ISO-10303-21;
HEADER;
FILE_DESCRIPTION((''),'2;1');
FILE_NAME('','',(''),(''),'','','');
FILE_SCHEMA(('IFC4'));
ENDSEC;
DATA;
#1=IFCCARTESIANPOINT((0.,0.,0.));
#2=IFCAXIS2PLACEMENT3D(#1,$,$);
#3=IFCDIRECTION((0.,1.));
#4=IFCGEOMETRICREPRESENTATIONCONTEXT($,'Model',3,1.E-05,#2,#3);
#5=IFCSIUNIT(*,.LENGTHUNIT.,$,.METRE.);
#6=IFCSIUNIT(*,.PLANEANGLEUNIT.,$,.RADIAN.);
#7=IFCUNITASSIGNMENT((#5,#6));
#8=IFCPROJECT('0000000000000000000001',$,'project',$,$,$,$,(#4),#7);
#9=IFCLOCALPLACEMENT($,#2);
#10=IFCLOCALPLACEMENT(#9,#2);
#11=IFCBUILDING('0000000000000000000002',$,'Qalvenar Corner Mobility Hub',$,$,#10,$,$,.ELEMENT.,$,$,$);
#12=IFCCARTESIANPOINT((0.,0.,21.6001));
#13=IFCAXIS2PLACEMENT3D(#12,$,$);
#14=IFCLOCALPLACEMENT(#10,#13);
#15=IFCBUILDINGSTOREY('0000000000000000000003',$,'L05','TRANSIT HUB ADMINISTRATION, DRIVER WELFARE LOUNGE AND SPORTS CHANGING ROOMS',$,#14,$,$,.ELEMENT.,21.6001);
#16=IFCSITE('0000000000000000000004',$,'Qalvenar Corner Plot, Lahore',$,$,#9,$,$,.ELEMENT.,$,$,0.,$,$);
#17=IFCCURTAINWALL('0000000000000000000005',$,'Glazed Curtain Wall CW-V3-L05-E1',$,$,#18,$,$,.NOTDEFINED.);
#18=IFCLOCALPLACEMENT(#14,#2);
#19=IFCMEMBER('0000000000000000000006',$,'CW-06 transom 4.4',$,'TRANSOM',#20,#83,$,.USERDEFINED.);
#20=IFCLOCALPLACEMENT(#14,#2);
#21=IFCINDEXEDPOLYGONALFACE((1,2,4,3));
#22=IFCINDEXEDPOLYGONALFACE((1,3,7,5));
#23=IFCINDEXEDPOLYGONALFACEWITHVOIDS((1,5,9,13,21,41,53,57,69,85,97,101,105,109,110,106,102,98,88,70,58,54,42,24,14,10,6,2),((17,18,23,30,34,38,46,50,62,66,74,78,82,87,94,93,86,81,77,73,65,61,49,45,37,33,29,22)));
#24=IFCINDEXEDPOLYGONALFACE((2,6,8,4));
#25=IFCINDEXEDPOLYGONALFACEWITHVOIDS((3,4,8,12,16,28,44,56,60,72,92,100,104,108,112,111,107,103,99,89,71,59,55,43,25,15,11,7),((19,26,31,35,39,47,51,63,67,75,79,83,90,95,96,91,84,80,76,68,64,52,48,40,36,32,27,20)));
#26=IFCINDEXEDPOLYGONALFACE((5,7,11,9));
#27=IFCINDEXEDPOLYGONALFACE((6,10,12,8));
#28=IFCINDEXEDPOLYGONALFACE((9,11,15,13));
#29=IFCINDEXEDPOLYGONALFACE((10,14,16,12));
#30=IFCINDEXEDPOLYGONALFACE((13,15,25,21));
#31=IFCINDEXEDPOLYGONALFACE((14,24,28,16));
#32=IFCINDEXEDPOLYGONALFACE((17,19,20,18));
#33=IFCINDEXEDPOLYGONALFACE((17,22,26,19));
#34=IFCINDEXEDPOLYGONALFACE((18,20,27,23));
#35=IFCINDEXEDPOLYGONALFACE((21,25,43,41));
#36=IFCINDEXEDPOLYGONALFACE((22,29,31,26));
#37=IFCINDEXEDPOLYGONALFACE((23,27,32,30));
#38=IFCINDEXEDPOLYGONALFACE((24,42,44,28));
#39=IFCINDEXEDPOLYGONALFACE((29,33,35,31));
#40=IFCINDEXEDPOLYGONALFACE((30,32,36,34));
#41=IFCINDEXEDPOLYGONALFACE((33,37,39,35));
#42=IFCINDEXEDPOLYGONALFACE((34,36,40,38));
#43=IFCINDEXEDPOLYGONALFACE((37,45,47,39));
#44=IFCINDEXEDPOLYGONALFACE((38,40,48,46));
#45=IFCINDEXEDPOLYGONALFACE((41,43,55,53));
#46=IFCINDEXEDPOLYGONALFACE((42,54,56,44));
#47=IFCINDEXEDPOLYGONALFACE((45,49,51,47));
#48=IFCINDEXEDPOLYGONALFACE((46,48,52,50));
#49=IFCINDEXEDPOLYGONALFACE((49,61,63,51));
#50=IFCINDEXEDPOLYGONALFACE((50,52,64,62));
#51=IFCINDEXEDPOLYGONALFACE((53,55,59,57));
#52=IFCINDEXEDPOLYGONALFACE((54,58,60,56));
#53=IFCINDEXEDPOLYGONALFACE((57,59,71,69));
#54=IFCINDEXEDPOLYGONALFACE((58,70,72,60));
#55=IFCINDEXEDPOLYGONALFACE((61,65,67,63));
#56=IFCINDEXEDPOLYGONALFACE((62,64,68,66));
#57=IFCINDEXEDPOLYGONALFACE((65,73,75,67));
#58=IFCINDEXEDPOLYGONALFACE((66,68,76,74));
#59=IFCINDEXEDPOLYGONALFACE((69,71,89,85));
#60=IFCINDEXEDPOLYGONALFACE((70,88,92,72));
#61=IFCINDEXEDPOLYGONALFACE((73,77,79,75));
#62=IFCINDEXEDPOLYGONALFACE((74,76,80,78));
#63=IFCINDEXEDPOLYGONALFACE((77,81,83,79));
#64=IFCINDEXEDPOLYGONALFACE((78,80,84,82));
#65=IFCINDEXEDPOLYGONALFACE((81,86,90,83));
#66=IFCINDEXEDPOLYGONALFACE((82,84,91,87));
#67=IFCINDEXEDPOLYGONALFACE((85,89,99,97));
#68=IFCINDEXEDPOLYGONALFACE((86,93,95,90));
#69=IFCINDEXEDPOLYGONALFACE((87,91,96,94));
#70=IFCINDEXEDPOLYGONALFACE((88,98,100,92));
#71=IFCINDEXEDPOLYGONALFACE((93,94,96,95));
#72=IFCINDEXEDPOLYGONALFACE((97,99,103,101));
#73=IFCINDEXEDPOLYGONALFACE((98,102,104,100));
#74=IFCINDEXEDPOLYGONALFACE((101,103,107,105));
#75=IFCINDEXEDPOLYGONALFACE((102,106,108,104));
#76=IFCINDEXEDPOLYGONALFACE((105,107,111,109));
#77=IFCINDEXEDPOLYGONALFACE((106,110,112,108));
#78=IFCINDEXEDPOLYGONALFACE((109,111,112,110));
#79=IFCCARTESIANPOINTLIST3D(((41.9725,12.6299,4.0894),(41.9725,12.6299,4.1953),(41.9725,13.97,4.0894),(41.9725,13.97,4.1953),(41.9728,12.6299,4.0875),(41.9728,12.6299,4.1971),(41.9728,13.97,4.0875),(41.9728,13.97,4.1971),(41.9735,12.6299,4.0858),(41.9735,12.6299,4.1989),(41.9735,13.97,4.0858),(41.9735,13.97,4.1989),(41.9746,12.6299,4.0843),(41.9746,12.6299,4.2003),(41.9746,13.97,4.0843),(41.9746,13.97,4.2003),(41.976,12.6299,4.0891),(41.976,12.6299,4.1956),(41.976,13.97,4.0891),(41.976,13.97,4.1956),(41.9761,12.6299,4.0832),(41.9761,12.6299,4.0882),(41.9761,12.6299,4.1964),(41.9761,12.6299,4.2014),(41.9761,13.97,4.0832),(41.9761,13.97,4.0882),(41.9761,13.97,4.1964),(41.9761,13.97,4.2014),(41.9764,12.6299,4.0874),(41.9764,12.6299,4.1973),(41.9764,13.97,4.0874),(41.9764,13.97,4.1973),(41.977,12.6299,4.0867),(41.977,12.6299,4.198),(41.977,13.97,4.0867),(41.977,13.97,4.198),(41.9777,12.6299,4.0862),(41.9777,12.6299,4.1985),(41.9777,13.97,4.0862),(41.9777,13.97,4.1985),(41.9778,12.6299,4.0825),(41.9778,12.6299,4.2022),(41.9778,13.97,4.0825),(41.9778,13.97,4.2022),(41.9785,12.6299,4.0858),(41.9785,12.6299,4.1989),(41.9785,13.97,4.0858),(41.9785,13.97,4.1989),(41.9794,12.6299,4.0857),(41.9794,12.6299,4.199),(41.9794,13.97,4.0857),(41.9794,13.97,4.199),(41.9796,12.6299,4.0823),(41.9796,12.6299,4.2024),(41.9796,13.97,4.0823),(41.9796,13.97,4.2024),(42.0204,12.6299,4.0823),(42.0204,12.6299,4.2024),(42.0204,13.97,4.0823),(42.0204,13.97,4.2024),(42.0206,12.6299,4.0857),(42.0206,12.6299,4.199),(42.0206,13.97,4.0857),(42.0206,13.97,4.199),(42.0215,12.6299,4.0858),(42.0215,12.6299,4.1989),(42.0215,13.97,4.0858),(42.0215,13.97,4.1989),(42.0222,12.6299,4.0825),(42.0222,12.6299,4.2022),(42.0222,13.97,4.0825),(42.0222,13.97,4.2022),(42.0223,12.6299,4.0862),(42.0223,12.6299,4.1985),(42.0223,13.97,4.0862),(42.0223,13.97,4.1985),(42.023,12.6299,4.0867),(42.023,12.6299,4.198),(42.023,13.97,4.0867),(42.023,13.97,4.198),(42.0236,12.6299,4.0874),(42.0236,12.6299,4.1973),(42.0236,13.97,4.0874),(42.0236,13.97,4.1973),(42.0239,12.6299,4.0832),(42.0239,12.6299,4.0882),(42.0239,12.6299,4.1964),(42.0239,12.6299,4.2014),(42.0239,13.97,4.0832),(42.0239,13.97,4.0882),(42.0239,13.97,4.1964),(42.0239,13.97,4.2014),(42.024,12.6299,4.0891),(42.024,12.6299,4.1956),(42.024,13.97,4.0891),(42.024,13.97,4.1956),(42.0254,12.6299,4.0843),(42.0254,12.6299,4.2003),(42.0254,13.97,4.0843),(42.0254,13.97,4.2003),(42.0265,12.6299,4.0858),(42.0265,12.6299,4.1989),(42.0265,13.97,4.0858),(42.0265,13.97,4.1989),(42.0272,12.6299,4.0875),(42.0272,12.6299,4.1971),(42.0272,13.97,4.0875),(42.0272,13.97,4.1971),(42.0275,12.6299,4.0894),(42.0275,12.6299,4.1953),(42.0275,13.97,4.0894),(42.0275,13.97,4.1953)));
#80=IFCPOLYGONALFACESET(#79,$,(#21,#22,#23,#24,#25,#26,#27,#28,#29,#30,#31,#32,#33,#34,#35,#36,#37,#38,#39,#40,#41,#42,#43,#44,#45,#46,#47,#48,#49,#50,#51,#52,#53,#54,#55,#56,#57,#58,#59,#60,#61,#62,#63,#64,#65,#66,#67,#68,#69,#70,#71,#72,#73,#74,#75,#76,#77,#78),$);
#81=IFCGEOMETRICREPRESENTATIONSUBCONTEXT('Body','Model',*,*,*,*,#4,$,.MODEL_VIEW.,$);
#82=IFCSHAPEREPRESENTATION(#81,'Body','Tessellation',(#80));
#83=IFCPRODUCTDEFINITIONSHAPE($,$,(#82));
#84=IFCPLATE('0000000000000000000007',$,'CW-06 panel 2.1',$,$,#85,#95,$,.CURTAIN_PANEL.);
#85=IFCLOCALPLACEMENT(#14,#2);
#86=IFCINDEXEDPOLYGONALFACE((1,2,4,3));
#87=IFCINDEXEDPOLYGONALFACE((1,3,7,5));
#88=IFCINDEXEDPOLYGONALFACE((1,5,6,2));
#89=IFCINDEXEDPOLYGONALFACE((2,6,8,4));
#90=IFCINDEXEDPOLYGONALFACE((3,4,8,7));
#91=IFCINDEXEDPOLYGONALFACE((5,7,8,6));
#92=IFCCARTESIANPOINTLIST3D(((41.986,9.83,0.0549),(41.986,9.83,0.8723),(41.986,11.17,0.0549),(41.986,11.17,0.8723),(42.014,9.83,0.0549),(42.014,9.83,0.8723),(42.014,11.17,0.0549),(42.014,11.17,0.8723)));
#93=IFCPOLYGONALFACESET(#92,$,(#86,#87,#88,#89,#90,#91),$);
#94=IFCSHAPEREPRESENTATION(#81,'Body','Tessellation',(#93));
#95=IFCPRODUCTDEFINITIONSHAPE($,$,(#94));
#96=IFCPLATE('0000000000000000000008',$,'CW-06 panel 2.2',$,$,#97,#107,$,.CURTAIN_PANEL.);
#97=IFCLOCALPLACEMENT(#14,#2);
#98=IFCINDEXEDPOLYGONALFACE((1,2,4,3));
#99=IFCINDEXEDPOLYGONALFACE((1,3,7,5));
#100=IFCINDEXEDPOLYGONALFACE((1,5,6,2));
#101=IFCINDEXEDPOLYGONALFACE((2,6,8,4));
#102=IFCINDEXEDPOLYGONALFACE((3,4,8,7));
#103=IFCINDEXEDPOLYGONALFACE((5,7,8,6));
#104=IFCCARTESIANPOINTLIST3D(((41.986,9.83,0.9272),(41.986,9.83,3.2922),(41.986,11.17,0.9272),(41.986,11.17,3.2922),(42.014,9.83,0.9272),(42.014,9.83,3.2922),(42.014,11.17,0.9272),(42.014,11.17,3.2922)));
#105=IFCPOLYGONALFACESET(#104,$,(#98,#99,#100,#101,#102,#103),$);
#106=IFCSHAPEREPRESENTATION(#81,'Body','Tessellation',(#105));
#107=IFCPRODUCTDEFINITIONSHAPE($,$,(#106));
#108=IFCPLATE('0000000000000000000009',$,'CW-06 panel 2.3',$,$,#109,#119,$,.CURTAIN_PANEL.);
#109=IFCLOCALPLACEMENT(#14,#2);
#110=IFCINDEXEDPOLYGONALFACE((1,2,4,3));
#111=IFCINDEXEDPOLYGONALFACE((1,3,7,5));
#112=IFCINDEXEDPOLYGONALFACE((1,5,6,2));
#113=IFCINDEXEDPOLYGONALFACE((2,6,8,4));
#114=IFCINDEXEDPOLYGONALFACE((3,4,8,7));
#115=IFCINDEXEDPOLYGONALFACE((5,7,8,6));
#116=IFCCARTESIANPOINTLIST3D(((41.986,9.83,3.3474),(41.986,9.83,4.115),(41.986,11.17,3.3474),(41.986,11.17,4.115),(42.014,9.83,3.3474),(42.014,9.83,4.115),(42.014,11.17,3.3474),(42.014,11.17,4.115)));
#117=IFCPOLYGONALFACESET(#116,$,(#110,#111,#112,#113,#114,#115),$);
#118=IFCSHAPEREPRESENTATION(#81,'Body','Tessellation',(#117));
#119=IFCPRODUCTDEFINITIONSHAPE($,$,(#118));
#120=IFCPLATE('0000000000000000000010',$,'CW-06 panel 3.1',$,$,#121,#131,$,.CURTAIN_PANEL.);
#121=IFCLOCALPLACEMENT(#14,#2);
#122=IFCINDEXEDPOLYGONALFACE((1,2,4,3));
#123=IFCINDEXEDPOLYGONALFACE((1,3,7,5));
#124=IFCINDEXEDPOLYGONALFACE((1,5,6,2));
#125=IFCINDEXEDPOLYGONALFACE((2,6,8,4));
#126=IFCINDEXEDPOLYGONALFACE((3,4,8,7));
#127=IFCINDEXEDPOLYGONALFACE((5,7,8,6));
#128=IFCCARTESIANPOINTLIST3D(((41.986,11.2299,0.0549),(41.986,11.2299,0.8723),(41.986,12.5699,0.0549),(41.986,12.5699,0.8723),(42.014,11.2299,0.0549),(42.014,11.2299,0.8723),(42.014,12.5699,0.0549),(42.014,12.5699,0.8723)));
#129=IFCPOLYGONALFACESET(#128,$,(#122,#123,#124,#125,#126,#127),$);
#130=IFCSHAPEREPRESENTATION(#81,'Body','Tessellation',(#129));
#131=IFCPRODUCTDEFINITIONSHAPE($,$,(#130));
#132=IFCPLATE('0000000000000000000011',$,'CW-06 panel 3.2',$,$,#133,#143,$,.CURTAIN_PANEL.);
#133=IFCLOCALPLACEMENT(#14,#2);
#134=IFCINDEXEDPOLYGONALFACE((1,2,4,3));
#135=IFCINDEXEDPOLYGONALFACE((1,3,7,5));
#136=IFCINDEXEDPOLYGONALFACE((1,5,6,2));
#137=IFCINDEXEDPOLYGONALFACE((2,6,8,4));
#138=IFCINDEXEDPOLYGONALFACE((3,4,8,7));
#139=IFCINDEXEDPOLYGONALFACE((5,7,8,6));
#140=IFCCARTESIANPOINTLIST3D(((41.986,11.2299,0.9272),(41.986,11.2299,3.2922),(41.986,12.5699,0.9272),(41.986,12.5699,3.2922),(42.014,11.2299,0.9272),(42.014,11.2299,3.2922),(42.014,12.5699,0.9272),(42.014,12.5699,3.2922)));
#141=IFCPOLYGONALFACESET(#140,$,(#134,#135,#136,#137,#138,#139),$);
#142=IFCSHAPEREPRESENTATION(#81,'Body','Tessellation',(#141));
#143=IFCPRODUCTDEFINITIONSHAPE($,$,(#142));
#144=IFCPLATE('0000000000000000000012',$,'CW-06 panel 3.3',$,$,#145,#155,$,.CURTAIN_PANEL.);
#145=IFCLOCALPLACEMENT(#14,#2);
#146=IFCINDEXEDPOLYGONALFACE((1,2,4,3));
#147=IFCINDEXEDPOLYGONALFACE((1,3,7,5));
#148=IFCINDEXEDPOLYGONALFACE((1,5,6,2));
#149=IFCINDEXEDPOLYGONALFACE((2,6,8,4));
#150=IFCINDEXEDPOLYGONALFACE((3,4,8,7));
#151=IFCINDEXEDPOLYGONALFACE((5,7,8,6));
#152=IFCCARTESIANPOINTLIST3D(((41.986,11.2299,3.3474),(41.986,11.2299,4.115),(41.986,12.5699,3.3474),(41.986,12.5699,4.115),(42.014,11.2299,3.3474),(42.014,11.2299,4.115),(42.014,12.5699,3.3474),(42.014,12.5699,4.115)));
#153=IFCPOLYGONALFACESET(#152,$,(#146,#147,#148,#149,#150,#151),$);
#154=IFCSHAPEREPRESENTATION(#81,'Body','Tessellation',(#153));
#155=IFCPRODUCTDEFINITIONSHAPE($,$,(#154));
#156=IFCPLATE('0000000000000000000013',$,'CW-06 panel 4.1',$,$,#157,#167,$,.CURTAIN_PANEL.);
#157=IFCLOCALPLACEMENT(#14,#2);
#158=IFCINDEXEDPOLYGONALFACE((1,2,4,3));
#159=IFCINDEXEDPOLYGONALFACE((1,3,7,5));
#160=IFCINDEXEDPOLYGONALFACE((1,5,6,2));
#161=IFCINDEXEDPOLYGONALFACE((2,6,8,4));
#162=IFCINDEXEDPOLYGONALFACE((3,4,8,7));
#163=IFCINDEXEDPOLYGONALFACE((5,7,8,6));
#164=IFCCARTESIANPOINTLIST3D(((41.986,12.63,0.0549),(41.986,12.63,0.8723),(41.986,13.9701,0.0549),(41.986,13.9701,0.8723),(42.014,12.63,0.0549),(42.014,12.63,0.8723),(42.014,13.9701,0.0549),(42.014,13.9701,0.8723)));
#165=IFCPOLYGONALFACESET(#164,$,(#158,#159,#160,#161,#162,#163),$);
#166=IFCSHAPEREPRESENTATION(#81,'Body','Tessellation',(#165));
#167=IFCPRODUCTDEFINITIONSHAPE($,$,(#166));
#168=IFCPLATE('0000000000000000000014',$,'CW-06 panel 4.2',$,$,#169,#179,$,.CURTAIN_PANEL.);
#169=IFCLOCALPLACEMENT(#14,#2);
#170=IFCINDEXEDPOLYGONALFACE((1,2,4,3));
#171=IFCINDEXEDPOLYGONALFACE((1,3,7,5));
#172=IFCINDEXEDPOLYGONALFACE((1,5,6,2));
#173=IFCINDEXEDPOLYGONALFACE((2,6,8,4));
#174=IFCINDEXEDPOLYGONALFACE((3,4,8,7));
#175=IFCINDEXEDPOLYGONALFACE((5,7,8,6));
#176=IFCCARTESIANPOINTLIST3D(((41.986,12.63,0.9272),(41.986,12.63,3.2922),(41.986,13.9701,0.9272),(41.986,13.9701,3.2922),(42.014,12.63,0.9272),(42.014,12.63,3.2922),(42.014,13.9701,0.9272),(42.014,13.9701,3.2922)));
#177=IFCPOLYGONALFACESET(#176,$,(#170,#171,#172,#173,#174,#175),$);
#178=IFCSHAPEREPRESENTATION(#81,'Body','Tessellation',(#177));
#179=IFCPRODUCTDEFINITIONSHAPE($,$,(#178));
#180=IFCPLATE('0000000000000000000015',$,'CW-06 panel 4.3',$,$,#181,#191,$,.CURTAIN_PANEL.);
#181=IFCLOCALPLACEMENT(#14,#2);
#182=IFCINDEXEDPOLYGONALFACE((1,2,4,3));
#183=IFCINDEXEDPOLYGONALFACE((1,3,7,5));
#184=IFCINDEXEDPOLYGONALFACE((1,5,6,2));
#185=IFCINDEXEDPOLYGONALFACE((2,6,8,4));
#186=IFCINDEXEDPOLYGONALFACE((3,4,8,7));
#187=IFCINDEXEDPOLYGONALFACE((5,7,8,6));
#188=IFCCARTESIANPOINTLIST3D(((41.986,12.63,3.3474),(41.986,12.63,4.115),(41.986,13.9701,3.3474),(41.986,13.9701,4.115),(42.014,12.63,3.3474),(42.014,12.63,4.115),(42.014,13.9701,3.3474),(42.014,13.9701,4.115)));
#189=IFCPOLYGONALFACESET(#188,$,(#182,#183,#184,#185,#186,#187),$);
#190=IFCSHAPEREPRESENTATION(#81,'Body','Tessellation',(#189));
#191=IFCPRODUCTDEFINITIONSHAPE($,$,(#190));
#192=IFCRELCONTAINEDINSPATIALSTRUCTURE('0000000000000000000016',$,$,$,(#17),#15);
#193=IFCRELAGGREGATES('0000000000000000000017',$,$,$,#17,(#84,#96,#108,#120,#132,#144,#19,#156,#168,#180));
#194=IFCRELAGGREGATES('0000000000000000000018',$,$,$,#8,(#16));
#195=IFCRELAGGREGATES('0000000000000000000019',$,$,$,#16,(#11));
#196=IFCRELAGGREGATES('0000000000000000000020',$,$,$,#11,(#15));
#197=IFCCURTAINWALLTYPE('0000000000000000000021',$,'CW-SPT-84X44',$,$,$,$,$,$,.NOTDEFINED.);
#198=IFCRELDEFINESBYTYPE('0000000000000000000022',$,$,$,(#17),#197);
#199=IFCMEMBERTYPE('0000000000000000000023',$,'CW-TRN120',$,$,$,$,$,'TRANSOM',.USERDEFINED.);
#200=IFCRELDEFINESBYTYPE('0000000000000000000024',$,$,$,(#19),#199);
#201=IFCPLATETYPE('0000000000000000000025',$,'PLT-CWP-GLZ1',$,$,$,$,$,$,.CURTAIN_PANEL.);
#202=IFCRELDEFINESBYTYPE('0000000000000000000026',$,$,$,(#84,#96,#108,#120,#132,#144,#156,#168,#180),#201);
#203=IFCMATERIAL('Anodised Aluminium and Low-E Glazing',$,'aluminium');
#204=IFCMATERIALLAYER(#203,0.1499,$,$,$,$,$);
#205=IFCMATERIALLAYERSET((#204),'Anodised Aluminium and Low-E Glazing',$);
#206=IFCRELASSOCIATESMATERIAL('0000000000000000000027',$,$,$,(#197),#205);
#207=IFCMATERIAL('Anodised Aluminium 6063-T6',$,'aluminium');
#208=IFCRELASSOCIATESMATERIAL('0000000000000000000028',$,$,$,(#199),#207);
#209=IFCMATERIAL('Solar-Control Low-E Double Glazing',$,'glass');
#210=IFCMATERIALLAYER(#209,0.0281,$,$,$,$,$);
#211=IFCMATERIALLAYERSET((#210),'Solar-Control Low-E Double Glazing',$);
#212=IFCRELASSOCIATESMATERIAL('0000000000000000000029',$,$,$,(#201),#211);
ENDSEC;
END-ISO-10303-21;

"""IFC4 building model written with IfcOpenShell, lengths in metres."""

from ifc_helpers import new_model, si_unit, direction, frame, origin, origin_2d, place, context, subcontext, project, spatial, rectangle, hollow_rectangle, extrude, material, layer, layer_set, material_profile, profile_set, type_object, element, aggregate, save


model = new_model("IFC4")

# Units and contexts
model_context = context("Model", 3, precision=1e-05, world=origin(), true_north=direction((0.0, 1.0)))
body_context = subcontext(model_context, "Body", "Model", "MODEL_VIEW")
ifc_project = project(units=[si_unit("LENGTHUNIT", "METRE"), si_unit("PLANEANGLEUNIT", "RADIAN")], contexts=[model_context])

# Site, building, storey
site_placement = place(None, origin())
site = spatial("IfcSite", under=ifc_project, at=site_placement, Name="Qalvenar Corner Plot, Lahore", CompositionType="ELEMENT", RefElevation=0.0)
building_placement = place(site_placement, origin())
building = spatial("IfcBuilding", under=site, at=building_placement, Name="Qalvenar Corner Mobility Hub", CompositionType="ELEMENT")
storey_placement = place(building_placement, frame((0.0, 0.0, 21.6001)))
storey = spatial("IfcBuildingStorey", under=building, at=storey_placement, Name="L05", Description="TRANSIT HUB ADMINISTRATION, DRIVER WELFARE LOUNGE AND SPORTS CHANGING ROOMS", CompositionType="ELEMENT", Elevation=21.6001)

# Curtain wall, member, plates
ifc_material_1 = material(Name="Anodised Aluminium and Low-E Glazing", Category="aluminium")
ifc_layer_1 = layer(ifc_material_1, 0.1499)
ifc_layer_set_1 = layer_set([ifc_layer_1], Name="Anodised Aluminium and Low-E Glazing")
curtain_wall_type = type_object("IfcCurtainWallType", Name="CW-SPT-84X44", PredefinedType="NOTDEFINED", material=ifc_layer_set_1)
curtain_wall_placement = place(storey_placement, origin())
curtain_wall = element("IfcCurtainWall", 1, at=curtain_wall_placement, inside=storey, type_object=curtain_wall_type, Name="Glazed Curtain Wall CW-V3-L05-E1", PredefinedType="NOTDEFINED")
ifc_material_2 = material(Name="Anodised Aluminium 6063-T6", Category="aluminium")
ifc_material_profile_1 = material_profile(ifc_material_2, hollow_rectangle(XDim=0.0549, YDim=0.1201, WallThickness=0.0034, InnerFilletRadius=0.0034, OuterFilletRadius=0.0071, at=origin_2d()), Name="RHS120x55x3.5")
ifc_profile_set_1 = profile_set([ifc_material_profile_1], Name="Anodised Aluminium 6063-T6")
member_type_1 = type_object("IfcMemberType", Name="CW-TRN120", ElementType="TRANSOM", PredefinedType="USERDEFINED", material=ifc_profile_set_1)
member_1_placement = place(storey_placement, frame((42.0, 12.6299, 4.1423), z_axis=(0.0, 1.0, 0.0), x_axis=(-1.0, 0.0, 0.0)))
member_1 = element("IfcMember", 2, at=member_1_placement, type_object=member_type_1, Name="CW-06 transom 4.4", ObjectType="TRANSOM", PredefinedType="USERDEFINED", context=body_context, shape_type="SweptSolid", body=[
    extrude(hollow_rectangle(XDim=0.0549, YDim=0.1201, WallThickness=0.0034, InnerFilletRadius=0.0034, OuterFilletRadius=0.0071, at=origin_2d()), origin(), (0.0, 0.0, 1.0), 1.3401),
])
ifc_material_3 = material(Name="Solar-Control Low-E Double Glazing", Category="glass")
ifc_layer_2 = layer(ifc_material_3, 0.0281)
ifc_layer_set_2 = layer_set([ifc_layer_2], Name="Solar-Control Low-E Double Glazing")
plate_type = type_object("IfcPlateType", Name="PLT-CWP-GLZ1", PredefinedType="CURTAIN_PANEL", material=ifc_layer_set_2)
plate_1_placement = place(storey_placement, frame((42.0, 10.5, 0.0549), z_axis=(0.0, 0.0, 1.0), x_axis=(0.0, 1.0, 0.0)))
plate_1 = element("IfcPlate", 3, at=plate_1_placement, type_object=plate_type, Name="CW-06 panel 2.1", PredefinedType="CURTAIN_PANEL", context=body_context, shape_type="SweptSolid", body=[
    extrude(rectangle(XDim=1.3401, YDim=0.0281, at=origin_2d()), origin(), (0.0, 0.0, 1.0), 0.8174),
])
plate_2_placement = place(storey_placement, frame((42.0, 10.5, 0.9272), z_axis=(0.0, 0.0, 1.0), x_axis=(0.0, 1.0, 0.0)))
plate_2 = element("IfcPlate", 4, at=plate_2_placement, type_object=plate_type, Name="CW-06 panel 2.2", PredefinedType="CURTAIN_PANEL", context=body_context, shape_type="SweptSolid", body=[
    extrude(rectangle(XDim=1.3401, YDim=0.0281, at=origin_2d()), origin(), (0.0, 0.0, 1.0), 2.365),
])
plate_3_placement = place(storey_placement, frame((42.0, 10.5, 3.3474), z_axis=(0.0, 0.0, 1.0), x_axis=(0.0, 1.0, 0.0)))
plate_3 = element("IfcPlate", 5, at=plate_3_placement, type_object=plate_type, Name="CW-06 panel 2.3", PredefinedType="CURTAIN_PANEL", context=body_context, shape_type="SweptSolid", body=[
    extrude(rectangle(XDim=1.3401, YDim=0.0281, at=origin_2d()), origin(), (0.0, 0.0, 1.0), 0.7676),
])
plate_4_placement = place(storey_placement, frame((42.0, 11.8999, 0.0549), z_axis=(0.0, 0.0, 1.0), x_axis=(0.0, 1.0, 0.0)))
plate_4 = element("IfcPlate", 6, at=plate_4_placement, type_object=plate_type, Name="CW-06 panel 3.1", PredefinedType="CURTAIN_PANEL", context=body_context, shape_type="SweptSolid", body=[
    extrude(rectangle(XDim=1.3401, YDim=0.0281, at=origin_2d()), origin(), (0.0, 0.0, 1.0), 0.8174),
])
plate_5_placement = place(storey_placement, frame((42.0, 11.8999, 0.9272), z_axis=(0.0, 0.0, 1.0), x_axis=(0.0, 1.0, 0.0)))
plate_5 = element("IfcPlate", 7, at=plate_5_placement, type_object=plate_type, Name="CW-06 panel 3.2", PredefinedType="CURTAIN_PANEL", context=body_context, shape_type="SweptSolid", body=[
    extrude(rectangle(XDim=1.3401, YDim=0.0281, at=origin_2d()), origin(), (0.0, 0.0, 1.0), 2.365),
])
plate_6_placement = place(storey_placement, frame((42.0, 11.8999, 3.3474), z_axis=(0.0, 0.0, 1.0), x_axis=(0.0, 1.0, 0.0)))
plate_6 = element("IfcPlate", 8, at=plate_6_placement, type_object=plate_type, Name="CW-06 panel 3.3", PredefinedType="CURTAIN_PANEL", context=body_context, shape_type="SweptSolid", body=[
    extrude(rectangle(XDim=1.3401, YDim=0.0281, at=origin_2d()), origin(), (0.0, 0.0, 1.0), 0.7676),
])
plate_7_placement = place(storey_placement, frame((42.0, 13.3, 0.0549), z_axis=(0.0, 0.0, 1.0), x_axis=(0.0, 1.0, 0.0)))
plate_7 = element("IfcPlate", 9, at=plate_7_placement, type_object=plate_type, Name="CW-06 panel 4.1", PredefinedType="CURTAIN_PANEL", context=body_context, shape_type="SweptSolid", body=[
    extrude(rectangle(XDim=1.3401, YDim=0.0281, at=origin_2d()), origin(), (0.0, 0.0, 1.0), 0.8174),
])
plate_8_placement = place(storey_placement, frame((42.0, 13.3, 0.9272), z_axis=(0.0, 0.0, 1.0), x_axis=(0.0, 1.0, 0.0)))
plate_8 = element("IfcPlate", 10, at=plate_8_placement, type_object=plate_type, Name="CW-06 panel 4.2", PredefinedType="CURTAIN_PANEL", context=body_context, shape_type="SweptSolid", body=[
    extrude(rectangle(XDim=1.3401, YDim=0.0281, at=origin_2d()), origin(), (0.0, 0.0, 1.0), 2.365),
])
plate_9_placement = place(storey_placement, frame((42.0, 13.3, 3.3474), z_axis=(0.0, 0.0, 1.0), x_axis=(0.0, 1.0, 0.0)))
plate_9 = element("IfcPlate", 11, at=plate_9_placement, type_object=plate_type, Name="CW-06 panel 4.3", PredefinedType="CURTAIN_PANEL", context=body_context, shape_type="SweptSolid", body=[
    extrude(rectangle(XDim=1.3401, YDim=0.0281, at=origin_2d()), origin(), (0.0, 0.0, 1.0), 0.7676),
])
aggregate(curtain_wall, [plate_1, plate_2, plate_3, plate_4, plate_5, plate_6, member_1, plate_7, plate_8, plate_9])

save(model, "model.ifc")
